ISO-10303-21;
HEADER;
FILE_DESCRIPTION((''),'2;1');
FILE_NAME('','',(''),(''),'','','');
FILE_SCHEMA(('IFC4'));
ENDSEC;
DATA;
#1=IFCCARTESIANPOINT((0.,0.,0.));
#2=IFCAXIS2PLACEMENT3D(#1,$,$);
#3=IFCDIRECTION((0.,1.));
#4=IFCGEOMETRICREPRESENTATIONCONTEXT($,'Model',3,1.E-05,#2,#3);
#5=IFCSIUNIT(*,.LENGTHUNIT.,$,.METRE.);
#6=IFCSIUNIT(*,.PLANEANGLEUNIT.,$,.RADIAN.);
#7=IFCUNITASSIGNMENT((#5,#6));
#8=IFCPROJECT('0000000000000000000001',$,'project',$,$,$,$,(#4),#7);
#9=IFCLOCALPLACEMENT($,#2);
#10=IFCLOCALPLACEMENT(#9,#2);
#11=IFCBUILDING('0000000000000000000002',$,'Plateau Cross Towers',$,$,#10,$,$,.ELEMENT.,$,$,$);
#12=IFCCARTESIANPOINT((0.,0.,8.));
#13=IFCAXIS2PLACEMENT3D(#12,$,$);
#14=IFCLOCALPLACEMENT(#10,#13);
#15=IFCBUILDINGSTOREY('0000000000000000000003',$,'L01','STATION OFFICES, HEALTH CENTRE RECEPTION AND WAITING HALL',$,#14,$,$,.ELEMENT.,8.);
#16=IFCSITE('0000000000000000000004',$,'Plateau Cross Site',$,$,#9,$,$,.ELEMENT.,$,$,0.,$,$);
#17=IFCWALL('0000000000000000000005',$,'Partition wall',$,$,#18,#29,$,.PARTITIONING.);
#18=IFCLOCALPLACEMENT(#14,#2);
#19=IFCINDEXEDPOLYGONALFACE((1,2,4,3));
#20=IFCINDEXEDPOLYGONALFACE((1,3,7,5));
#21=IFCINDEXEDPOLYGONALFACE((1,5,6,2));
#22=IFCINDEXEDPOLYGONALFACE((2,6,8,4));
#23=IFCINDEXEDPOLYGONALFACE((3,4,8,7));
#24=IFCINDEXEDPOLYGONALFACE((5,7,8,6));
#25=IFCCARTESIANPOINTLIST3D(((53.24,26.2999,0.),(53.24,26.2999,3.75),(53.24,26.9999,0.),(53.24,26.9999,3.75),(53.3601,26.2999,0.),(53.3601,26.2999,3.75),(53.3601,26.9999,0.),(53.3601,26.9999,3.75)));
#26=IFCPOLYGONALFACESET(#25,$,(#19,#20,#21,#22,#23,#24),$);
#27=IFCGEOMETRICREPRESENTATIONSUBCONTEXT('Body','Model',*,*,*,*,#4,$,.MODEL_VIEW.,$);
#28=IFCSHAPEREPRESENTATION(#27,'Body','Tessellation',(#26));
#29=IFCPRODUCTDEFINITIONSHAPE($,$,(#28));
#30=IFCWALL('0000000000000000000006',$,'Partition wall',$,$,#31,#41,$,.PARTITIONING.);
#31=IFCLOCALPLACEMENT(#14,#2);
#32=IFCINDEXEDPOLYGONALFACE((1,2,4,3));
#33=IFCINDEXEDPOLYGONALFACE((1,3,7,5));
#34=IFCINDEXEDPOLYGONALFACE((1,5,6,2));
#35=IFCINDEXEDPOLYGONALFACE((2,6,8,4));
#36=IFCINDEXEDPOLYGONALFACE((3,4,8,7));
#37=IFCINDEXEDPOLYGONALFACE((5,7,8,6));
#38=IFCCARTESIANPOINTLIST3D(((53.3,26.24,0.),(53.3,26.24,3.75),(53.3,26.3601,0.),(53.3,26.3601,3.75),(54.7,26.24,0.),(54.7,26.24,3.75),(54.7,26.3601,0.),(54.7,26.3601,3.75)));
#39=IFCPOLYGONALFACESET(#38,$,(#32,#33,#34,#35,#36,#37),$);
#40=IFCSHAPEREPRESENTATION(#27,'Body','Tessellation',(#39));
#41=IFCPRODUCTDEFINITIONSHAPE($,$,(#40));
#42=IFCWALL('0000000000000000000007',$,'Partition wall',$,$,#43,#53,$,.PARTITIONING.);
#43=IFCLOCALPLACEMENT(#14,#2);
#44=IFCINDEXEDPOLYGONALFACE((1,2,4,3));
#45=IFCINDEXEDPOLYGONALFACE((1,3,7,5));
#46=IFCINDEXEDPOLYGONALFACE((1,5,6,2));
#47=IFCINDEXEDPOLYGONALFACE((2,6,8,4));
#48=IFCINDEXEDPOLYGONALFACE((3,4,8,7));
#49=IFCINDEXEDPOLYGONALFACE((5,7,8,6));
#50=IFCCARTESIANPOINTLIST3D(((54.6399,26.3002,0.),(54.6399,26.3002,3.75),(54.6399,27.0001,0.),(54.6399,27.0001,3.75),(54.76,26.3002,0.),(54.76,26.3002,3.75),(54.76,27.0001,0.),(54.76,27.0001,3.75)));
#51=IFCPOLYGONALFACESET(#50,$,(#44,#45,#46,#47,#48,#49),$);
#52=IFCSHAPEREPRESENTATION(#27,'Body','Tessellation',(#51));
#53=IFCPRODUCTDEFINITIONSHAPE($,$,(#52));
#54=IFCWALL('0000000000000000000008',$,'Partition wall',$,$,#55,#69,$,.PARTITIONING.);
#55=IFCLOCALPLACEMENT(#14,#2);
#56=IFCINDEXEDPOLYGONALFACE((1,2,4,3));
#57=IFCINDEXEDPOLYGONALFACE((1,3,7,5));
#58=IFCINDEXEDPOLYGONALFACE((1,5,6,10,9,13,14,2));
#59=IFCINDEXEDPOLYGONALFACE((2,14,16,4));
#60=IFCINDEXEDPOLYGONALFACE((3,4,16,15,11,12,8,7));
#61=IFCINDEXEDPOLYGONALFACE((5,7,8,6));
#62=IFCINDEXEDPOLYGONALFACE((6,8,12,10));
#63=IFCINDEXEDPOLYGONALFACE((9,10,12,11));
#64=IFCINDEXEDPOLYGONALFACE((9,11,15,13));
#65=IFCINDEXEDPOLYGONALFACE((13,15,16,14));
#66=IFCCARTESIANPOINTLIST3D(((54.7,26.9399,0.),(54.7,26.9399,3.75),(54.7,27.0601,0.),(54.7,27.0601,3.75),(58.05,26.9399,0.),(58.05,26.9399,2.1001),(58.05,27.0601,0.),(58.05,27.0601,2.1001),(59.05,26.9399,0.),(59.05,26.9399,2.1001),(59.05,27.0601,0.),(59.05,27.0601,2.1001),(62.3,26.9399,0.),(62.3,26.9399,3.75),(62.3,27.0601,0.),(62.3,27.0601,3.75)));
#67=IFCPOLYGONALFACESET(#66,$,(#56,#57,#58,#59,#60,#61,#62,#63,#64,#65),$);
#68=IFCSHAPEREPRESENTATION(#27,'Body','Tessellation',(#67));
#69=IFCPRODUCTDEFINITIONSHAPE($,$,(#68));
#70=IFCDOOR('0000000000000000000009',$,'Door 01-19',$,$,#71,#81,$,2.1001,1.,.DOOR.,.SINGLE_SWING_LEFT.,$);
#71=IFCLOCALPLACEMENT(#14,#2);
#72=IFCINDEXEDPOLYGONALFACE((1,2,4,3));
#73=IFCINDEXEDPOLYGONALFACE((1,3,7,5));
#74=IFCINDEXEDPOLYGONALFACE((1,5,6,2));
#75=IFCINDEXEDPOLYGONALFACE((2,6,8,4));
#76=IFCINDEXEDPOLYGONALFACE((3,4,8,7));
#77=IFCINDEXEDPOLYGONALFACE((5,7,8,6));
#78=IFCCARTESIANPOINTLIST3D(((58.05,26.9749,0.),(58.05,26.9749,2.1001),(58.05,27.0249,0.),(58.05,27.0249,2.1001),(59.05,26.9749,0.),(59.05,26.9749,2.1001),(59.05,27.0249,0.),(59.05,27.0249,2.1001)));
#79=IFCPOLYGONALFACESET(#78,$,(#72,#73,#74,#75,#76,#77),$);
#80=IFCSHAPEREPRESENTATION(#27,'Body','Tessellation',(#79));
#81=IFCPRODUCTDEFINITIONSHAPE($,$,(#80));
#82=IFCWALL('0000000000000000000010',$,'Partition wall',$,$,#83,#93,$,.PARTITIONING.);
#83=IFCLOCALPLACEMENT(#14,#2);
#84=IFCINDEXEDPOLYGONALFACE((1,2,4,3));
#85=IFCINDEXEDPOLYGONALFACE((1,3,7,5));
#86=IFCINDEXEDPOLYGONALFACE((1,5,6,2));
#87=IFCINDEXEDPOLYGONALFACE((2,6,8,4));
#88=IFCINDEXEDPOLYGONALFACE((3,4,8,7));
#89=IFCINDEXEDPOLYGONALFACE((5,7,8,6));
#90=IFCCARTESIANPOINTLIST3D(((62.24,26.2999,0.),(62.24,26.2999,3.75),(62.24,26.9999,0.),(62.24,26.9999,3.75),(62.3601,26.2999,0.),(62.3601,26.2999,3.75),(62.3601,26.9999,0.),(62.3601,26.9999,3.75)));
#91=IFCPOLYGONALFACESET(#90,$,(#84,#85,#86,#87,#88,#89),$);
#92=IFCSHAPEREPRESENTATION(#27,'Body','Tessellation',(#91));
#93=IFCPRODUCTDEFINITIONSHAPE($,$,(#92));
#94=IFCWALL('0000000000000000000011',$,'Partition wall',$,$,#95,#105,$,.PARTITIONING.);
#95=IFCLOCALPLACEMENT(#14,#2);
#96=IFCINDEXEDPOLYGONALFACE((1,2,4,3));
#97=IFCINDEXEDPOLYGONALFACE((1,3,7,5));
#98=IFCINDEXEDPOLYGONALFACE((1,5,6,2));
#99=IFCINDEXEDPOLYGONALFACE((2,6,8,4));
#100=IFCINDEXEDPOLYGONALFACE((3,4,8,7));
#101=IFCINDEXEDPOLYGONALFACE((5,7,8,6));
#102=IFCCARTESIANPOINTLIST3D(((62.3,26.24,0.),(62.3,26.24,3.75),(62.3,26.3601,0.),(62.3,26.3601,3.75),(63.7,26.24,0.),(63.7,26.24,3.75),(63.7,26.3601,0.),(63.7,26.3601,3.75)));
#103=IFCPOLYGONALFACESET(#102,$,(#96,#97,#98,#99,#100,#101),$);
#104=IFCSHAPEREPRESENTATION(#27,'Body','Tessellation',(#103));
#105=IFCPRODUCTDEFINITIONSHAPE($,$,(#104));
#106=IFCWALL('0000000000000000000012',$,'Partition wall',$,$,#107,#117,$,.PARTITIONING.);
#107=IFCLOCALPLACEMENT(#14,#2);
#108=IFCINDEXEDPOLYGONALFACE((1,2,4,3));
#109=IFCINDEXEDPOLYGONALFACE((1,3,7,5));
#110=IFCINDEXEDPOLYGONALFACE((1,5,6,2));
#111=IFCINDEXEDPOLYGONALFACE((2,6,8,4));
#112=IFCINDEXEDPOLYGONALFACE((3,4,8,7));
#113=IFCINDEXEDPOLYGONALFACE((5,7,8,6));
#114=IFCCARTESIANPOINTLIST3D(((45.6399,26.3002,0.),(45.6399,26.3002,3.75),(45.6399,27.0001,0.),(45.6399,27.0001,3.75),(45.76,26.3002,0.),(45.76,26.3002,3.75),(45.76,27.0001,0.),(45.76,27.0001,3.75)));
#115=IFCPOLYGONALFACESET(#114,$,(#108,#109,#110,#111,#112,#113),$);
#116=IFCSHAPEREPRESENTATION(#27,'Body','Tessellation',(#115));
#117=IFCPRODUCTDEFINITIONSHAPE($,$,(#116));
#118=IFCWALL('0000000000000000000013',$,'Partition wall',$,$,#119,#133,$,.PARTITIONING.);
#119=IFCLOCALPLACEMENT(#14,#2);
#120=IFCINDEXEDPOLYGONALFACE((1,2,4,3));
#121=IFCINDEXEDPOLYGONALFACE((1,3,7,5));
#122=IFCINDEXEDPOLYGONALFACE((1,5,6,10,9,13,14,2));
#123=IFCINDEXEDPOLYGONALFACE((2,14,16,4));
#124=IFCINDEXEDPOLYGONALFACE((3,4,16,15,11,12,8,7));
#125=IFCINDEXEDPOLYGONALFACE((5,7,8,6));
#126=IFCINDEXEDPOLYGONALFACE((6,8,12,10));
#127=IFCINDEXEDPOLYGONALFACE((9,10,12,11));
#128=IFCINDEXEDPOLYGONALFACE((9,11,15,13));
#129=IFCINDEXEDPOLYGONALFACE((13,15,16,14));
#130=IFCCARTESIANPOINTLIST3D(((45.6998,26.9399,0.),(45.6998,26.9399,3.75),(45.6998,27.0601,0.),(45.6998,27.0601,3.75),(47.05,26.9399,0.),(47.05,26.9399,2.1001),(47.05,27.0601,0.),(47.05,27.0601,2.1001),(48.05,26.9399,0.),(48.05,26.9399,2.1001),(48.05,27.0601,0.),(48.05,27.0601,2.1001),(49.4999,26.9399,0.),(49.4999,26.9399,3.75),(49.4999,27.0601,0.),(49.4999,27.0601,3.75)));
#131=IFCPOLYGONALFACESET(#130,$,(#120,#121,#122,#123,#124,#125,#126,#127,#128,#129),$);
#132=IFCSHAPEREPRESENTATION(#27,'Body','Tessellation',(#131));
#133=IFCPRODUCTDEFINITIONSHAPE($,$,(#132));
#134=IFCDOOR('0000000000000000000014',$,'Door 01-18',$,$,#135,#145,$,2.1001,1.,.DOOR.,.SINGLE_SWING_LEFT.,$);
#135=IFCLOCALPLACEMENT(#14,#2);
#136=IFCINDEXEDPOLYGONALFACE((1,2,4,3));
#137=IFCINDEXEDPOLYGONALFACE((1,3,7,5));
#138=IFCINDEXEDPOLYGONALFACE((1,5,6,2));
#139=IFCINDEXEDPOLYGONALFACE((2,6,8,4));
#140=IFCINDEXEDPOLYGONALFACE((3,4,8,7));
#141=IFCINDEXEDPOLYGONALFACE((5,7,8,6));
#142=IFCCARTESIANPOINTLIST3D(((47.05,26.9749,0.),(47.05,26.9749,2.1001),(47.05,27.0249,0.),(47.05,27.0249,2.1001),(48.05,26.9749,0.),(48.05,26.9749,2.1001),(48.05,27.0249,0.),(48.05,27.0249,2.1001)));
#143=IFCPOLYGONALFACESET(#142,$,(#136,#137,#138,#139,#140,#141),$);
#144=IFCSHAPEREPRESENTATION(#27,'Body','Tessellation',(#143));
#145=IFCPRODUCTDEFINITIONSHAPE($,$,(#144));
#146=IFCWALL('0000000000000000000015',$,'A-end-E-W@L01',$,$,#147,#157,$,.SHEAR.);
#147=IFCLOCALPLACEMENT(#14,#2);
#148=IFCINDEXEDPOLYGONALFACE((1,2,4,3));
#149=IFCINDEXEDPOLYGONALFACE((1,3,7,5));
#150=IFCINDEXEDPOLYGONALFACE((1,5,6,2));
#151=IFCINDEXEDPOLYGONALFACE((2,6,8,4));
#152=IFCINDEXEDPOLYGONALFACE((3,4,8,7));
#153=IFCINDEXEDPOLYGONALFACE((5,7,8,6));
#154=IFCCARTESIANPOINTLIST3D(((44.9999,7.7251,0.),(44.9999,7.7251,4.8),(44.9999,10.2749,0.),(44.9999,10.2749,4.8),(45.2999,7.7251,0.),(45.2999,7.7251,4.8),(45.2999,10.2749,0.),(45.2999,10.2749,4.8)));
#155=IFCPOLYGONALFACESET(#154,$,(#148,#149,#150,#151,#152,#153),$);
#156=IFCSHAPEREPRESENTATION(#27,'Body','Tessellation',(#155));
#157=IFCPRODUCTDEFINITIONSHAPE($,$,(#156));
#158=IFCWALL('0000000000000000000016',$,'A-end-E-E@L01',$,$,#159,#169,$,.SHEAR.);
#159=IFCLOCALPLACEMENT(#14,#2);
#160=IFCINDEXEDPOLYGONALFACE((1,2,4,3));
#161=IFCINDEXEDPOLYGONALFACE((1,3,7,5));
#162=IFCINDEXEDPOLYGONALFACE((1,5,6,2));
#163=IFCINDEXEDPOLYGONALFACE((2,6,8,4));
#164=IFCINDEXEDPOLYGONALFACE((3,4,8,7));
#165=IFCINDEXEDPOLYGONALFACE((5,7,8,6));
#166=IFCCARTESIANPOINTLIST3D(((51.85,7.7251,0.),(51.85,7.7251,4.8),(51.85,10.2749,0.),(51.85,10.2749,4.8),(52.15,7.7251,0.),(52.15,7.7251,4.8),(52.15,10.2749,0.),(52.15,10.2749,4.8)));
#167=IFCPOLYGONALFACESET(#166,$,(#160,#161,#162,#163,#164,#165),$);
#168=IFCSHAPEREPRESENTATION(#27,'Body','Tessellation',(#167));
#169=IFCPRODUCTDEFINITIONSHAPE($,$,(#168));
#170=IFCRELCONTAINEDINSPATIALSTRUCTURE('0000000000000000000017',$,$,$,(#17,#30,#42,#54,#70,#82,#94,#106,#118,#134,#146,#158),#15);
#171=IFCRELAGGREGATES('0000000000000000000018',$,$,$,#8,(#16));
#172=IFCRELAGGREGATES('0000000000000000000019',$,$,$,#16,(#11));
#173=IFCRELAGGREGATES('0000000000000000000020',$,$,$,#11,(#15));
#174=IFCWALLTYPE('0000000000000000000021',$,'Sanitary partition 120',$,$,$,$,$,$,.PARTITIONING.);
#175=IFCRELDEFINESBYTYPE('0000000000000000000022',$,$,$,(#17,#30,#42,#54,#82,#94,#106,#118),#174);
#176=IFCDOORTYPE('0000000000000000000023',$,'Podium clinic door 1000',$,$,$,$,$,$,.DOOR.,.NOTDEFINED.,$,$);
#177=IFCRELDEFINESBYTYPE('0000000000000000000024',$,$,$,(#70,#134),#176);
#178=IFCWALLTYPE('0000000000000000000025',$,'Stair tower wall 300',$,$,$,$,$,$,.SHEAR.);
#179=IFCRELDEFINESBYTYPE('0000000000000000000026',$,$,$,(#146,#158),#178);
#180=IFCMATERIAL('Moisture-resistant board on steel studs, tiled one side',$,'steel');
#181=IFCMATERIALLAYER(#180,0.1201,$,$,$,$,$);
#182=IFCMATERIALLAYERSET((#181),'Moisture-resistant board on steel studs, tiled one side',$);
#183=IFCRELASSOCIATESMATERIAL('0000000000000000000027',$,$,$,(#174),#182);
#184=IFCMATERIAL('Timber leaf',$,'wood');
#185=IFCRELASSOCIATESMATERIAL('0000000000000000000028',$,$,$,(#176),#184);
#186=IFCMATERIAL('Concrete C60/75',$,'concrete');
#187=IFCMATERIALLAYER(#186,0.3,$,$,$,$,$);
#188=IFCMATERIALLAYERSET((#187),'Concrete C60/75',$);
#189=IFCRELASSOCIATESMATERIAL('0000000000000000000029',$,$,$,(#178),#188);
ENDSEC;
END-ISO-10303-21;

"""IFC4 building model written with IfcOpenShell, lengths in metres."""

from ifc_helpers import new_model, si_unit, direction, frame, frame_2d, origin, place, context, subcontext, project, spatial, rectangle, extrude, material, layer, layer_set, type_object, element, fill, save


model = new_model("IFC4")

# Units and contexts
model_context = context("Model", 3, precision=1e-05, world=origin(), true_north=direction((0.0, 1.0)))
body_context = subcontext(model_context, "Body", "Model", "MODEL_VIEW")
ifc_project = project(units=[si_unit("LENGTHUNIT", "METRE"), si_unit("PLANEANGLEUNIT", "RADIAN")], contexts=[model_context])

# Site, building, storey
site_placement = place(None, origin())
site = spatial("IfcSite", under=ifc_project, at=site_placement, Name="Plateau Cross Site", CompositionType="ELEMENT", RefElevation=0.0)
building_placement = place(site_placement, origin())
building = spatial("IfcBuilding", under=site, at=building_placement, Name="Plateau Cross Towers", CompositionType="ELEMENT")
storey_placement = place(building_placement, frame((0.0, 0.0, 8.0)))
storey = spatial("IfcBuildingStorey", under=building, at=storey_placement, Name="L01", Description="STATION OFFICES, HEALTH CENTRE RECEPTION AND WAITING HALL", CompositionType="ELEMENT", Elevation=8.0)

# Shared definitions
ifc_material_1 = material(Name="Concrete C60/75", Category="concrete")

# Walls
ifc_material_2 = material(Name="Moisture-resistant board on steel studs, tiled one side", Category="steel")
ifc_layer_1 = layer(ifc_material_2, 0.1201)
ifc_layer_set_1 = layer_set([ifc_layer_1], Name="Moisture-resistant board on steel studs, tiled one side")
wall_type_1 = type_object("IfcWallType", Name="Sanitary partition 120", PredefinedType="PARTITIONING", material=ifc_layer_set_1)
wall_1_placement = place(storey_placement, frame((53.3, 27.0, 0.0), z_axis=(0.0, 0.0, 1.0), x_axis=(0.0, -1.0, 0.0)))
element("IfcWall", 1, at=wall_1_placement, inside=storey, type_object=wall_type_1, Name="Partition wall", PredefinedType="PARTITIONING", context=body_context, shape_type="SweptSolid", body=[
    extrude(rectangle(XDim=0.7, YDim=0.1201, at=frame_2d((0.3501, 0.0))), origin(), (0.0, 0.0, 1.0), 3.75),
])
wall_2_placement = place(storey_placement, frame((53.3, 26.3, 0.0), z_axis=(0.0, 0.0, 1.0), x_axis=(1.0, 0.0, 0.0)))
element("IfcWall", 2, at=wall_2_placement, inside=storey, type_object=wall_type_1, Name="Partition wall", PredefinedType="PARTITIONING", context=body_context, shape_type="SweptSolid", body=[
    extrude(rectangle(XDim=1.3999, YDim=0.1201, at=frame_2d((0.7, 0.0))), origin(), (0.0, 0.0, 1.0), 3.75),
])
wall_3_placement = place(storey_placement, frame((54.7, 26.3, 0.0), z_axis=(0.0, 0.0, 1.0), x_axis=(0.0, 1.0, 0.0)))
element("IfcWall", 3, at=wall_3_placement, inside=storey, type_object=wall_type_1, Name="Partition wall", PredefinedType="PARTITIONING", context=body_context, shape_type="SweptSolid", body=[
    extrude(rectangle(XDim=0.7, YDim=0.1201, at=frame_2d((0.3501, 0.0))), origin(), (0.0, 0.0, 1.0), 3.75),
])

# Wall, opening, door
wall_4_placement = place(storey_placement, frame((54.7, 27.0, 0.0), z_axis=(0.0, 0.0, 1.0), x_axis=(1.0, 0.0, 0.0)))
wall_4 = element("IfcWall", 4, at=wall_4_placement, inside=storey, type_object=wall_type_1, Name="Partition wall", PredefinedType="PARTITIONING", context=body_context, shape_type="SweptSolid", body=[
    extrude(rectangle(XDim=7.6001, YDim=0.1201, at=frame_2d((3.8, 0.0))), origin(), (0.0, 0.0, 1.0), 3.75),
])
opening_1_placement = place(wall_4_placement, frame((3.3501, 0.0, 0.0)))
opening_1 = element("IfcOpeningElement", 5, at=opening_1_placement, cuts=wall_4, PredefinedType="OPENING", context=body_context, shape_type="SweptSolid", body=[
    extrude(rectangle(XDim=1.0, YDim=2.1001, at=frame_2d((0.5, 1.05))), frame((0.0, 0.0701, 0.0), z_axis=(0.0, -1.0, 0.0), x_axis=(1.0, 0.0, 0.0)), (0.0, 0.0, 1.0), 0.1401),
])
ifc_material_3 = material(Name="Timber leaf", Category="wood")
door_type_1 = type_object("IfcDoorType", Name="Podium clinic door 1000", OperationType="NOTDEFINED", PredefinedType="DOOR", material=ifc_material_3)
door_1_placement = place(opening_1_placement, origin())
door_1 = element("IfcDoor", 6, at=door_1_placement, inside=storey, type_object=door_type_1, Name="Door 01-19", OperationType="SINGLE_SWING_LEFT", OverallHeight=2.1001, OverallWidth=1.0, PredefinedType="DOOR", context=body_context, shape_type="SweptSolid", body=[
    extrude(rectangle(XDim=1.0, YDim=2.1001, at=frame_2d((0.5, 1.05))), frame((0.0, 0.0249, 0.0), z_axis=(0.0, -1.0, 0.0), x_axis=(1.0, 0.0, 0.0)), (0.0, 0.0, 1.0), 0.05),
])
fill(opening_1, door_1)

# Walls
wall_5_placement = place(storey_placement, frame((62.3, 27.0, 0.0), z_axis=(0.0, 0.0, 1.0), x_axis=(0.0, -1.0, 0.0)))
element("IfcWall", 7, at=wall_5_placement, inside=storey, type_object=wall_type_1, Name="Partition wall", PredefinedType="PARTITIONING", context=body_context, shape_type="SweptSolid", body=[
    extrude(rectangle(XDim=0.7, YDim=0.1201, at=frame_2d((0.3501, 0.0))), origin(), (0.0, 0.0, 1.0), 3.75),
])
wall_6_placement = place(storey_placement, frame((62.3, 26.3, 0.0), z_axis=(0.0, 0.0, 1.0), x_axis=(1.0, 0.0, 0.0)))
element("IfcWall", 8, at=wall_6_placement, inside=storey, type_object=wall_type_1, Name="Partition wall", PredefinedType="PARTITIONING", context=body_context, shape_type="SweptSolid", body=[
    extrude(rectangle(XDim=1.3999, YDim=0.1201, at=frame_2d((0.7, 0.0))), origin(), (0.0, 0.0, 1.0), 3.75),
])
wall_7_placement = place(storey_placement, frame((45.7, 26.3, 0.0), z_axis=(0.0, 0.0, 1.0), x_axis=(0.0, 1.0, 0.0)))
element("IfcWall", 9, at=wall_7_placement, inside=storey, type_object=wall_type_1, Name="Partition wall", PredefinedType="PARTITIONING", context=body_context, shape_type="SweptSolid", body=[
    extrude(rectangle(XDim=0.7, YDim=0.1201, at=frame_2d((0.3501, 0.0))), origin(), (0.0, 0.0, 1.0), 3.75),
])

# Wall, opening, door
wall_8_placement = place(storey_placement, frame((45.7, 27.0, 0.0), z_axis=(0.0, 0.0, 1.0), x_axis=(1.0, 0.0, 0.0)))
wall_8 = element("IfcWall", 10, at=wall_8_placement, inside=storey, type_object=wall_type_1, Name="Partition wall", PredefinedType="PARTITIONING", context=body_context, shape_type="SweptSolid", body=[
    extrude(rectangle(XDim=3.8, YDim=0.1201, at=frame_2d((1.8999, 0.0))), origin(), (0.0, 0.0, 1.0), 3.75),
])
opening_2_placement = place(wall_8_placement, frame((1.3501, 0.0, 0.0)))
opening_2 = element("IfcOpeningElement", 11, at=opening_2_placement, cuts=wall_8, PredefinedType="OPENING", context=body_context, shape_type="SweptSolid", body=[
    extrude(rectangle(XDim=1.0, YDim=2.1001, at=frame_2d((0.5, 1.05))), frame((0.0, 0.0701, 0.0), z_axis=(0.0, -1.0, 0.0), x_axis=(1.0, 0.0, 0.0)), (0.0, 0.0, 1.0), 0.1401),
])
door_2_placement = place(opening_2_placement, origin())
door_2 = element("IfcDoor", 12, at=door_2_placement, inside=storey, type_object=door_type_1, Name="Door 01-18", OperationType="SINGLE_SWING_LEFT", OverallHeight=2.1001, OverallWidth=1.0, PredefinedType="DOOR", context=body_context, shape_type="SweptSolid", body=[
    extrude(rectangle(XDim=1.0, YDim=2.1001, at=frame_2d((0.5, 1.05))), frame((0.0, 0.0249, 0.0), z_axis=(0.0, -1.0, 0.0), x_axis=(1.0, 0.0, 0.0)), (0.0, 0.0, 1.0), 0.05),
])
fill(opening_2, door_2)

# Walls
ifc_layer_2 = layer(ifc_material_1, 0.3)
ifc_layer_set_2 = layer_set([ifc_layer_2], Name="Concrete C60/75")
wall_type_2 = type_object("IfcWallType", Name="Stair tower wall 300", PredefinedType="SHEAR", material=ifc_layer_set_2)
for number, where, z_axis, x_axis, name in (
    (13, (45.1499, 7.7251, 0.0), (0.0, 0.0, 1.0), (0.0, 1.0, 0.0), "A-end-E-W@L01"),
    (14, (52.0, 7.7251, 0.0), (0.0, 0.0, 1.0), (0.0, 1.0, 0.0), "A-end-E-E@L01"),
):
    element("IfcWall", number, at=place(storey_placement, frame(where, z_axis=z_axis, x_axis=x_axis)), inside=storey, type_object=wall_type_2, Name=name, PredefinedType="SHEAR", context=body_context, shape_type="SweptSolid", body=[
        extrude(rectangle(XDim=2.5498, YDim=0.3, at=frame_2d((1.2749, 0.0))), origin(), (0.0, 0.0, 1.0), 4.8),
    ])

save(model, "model.ifc")
